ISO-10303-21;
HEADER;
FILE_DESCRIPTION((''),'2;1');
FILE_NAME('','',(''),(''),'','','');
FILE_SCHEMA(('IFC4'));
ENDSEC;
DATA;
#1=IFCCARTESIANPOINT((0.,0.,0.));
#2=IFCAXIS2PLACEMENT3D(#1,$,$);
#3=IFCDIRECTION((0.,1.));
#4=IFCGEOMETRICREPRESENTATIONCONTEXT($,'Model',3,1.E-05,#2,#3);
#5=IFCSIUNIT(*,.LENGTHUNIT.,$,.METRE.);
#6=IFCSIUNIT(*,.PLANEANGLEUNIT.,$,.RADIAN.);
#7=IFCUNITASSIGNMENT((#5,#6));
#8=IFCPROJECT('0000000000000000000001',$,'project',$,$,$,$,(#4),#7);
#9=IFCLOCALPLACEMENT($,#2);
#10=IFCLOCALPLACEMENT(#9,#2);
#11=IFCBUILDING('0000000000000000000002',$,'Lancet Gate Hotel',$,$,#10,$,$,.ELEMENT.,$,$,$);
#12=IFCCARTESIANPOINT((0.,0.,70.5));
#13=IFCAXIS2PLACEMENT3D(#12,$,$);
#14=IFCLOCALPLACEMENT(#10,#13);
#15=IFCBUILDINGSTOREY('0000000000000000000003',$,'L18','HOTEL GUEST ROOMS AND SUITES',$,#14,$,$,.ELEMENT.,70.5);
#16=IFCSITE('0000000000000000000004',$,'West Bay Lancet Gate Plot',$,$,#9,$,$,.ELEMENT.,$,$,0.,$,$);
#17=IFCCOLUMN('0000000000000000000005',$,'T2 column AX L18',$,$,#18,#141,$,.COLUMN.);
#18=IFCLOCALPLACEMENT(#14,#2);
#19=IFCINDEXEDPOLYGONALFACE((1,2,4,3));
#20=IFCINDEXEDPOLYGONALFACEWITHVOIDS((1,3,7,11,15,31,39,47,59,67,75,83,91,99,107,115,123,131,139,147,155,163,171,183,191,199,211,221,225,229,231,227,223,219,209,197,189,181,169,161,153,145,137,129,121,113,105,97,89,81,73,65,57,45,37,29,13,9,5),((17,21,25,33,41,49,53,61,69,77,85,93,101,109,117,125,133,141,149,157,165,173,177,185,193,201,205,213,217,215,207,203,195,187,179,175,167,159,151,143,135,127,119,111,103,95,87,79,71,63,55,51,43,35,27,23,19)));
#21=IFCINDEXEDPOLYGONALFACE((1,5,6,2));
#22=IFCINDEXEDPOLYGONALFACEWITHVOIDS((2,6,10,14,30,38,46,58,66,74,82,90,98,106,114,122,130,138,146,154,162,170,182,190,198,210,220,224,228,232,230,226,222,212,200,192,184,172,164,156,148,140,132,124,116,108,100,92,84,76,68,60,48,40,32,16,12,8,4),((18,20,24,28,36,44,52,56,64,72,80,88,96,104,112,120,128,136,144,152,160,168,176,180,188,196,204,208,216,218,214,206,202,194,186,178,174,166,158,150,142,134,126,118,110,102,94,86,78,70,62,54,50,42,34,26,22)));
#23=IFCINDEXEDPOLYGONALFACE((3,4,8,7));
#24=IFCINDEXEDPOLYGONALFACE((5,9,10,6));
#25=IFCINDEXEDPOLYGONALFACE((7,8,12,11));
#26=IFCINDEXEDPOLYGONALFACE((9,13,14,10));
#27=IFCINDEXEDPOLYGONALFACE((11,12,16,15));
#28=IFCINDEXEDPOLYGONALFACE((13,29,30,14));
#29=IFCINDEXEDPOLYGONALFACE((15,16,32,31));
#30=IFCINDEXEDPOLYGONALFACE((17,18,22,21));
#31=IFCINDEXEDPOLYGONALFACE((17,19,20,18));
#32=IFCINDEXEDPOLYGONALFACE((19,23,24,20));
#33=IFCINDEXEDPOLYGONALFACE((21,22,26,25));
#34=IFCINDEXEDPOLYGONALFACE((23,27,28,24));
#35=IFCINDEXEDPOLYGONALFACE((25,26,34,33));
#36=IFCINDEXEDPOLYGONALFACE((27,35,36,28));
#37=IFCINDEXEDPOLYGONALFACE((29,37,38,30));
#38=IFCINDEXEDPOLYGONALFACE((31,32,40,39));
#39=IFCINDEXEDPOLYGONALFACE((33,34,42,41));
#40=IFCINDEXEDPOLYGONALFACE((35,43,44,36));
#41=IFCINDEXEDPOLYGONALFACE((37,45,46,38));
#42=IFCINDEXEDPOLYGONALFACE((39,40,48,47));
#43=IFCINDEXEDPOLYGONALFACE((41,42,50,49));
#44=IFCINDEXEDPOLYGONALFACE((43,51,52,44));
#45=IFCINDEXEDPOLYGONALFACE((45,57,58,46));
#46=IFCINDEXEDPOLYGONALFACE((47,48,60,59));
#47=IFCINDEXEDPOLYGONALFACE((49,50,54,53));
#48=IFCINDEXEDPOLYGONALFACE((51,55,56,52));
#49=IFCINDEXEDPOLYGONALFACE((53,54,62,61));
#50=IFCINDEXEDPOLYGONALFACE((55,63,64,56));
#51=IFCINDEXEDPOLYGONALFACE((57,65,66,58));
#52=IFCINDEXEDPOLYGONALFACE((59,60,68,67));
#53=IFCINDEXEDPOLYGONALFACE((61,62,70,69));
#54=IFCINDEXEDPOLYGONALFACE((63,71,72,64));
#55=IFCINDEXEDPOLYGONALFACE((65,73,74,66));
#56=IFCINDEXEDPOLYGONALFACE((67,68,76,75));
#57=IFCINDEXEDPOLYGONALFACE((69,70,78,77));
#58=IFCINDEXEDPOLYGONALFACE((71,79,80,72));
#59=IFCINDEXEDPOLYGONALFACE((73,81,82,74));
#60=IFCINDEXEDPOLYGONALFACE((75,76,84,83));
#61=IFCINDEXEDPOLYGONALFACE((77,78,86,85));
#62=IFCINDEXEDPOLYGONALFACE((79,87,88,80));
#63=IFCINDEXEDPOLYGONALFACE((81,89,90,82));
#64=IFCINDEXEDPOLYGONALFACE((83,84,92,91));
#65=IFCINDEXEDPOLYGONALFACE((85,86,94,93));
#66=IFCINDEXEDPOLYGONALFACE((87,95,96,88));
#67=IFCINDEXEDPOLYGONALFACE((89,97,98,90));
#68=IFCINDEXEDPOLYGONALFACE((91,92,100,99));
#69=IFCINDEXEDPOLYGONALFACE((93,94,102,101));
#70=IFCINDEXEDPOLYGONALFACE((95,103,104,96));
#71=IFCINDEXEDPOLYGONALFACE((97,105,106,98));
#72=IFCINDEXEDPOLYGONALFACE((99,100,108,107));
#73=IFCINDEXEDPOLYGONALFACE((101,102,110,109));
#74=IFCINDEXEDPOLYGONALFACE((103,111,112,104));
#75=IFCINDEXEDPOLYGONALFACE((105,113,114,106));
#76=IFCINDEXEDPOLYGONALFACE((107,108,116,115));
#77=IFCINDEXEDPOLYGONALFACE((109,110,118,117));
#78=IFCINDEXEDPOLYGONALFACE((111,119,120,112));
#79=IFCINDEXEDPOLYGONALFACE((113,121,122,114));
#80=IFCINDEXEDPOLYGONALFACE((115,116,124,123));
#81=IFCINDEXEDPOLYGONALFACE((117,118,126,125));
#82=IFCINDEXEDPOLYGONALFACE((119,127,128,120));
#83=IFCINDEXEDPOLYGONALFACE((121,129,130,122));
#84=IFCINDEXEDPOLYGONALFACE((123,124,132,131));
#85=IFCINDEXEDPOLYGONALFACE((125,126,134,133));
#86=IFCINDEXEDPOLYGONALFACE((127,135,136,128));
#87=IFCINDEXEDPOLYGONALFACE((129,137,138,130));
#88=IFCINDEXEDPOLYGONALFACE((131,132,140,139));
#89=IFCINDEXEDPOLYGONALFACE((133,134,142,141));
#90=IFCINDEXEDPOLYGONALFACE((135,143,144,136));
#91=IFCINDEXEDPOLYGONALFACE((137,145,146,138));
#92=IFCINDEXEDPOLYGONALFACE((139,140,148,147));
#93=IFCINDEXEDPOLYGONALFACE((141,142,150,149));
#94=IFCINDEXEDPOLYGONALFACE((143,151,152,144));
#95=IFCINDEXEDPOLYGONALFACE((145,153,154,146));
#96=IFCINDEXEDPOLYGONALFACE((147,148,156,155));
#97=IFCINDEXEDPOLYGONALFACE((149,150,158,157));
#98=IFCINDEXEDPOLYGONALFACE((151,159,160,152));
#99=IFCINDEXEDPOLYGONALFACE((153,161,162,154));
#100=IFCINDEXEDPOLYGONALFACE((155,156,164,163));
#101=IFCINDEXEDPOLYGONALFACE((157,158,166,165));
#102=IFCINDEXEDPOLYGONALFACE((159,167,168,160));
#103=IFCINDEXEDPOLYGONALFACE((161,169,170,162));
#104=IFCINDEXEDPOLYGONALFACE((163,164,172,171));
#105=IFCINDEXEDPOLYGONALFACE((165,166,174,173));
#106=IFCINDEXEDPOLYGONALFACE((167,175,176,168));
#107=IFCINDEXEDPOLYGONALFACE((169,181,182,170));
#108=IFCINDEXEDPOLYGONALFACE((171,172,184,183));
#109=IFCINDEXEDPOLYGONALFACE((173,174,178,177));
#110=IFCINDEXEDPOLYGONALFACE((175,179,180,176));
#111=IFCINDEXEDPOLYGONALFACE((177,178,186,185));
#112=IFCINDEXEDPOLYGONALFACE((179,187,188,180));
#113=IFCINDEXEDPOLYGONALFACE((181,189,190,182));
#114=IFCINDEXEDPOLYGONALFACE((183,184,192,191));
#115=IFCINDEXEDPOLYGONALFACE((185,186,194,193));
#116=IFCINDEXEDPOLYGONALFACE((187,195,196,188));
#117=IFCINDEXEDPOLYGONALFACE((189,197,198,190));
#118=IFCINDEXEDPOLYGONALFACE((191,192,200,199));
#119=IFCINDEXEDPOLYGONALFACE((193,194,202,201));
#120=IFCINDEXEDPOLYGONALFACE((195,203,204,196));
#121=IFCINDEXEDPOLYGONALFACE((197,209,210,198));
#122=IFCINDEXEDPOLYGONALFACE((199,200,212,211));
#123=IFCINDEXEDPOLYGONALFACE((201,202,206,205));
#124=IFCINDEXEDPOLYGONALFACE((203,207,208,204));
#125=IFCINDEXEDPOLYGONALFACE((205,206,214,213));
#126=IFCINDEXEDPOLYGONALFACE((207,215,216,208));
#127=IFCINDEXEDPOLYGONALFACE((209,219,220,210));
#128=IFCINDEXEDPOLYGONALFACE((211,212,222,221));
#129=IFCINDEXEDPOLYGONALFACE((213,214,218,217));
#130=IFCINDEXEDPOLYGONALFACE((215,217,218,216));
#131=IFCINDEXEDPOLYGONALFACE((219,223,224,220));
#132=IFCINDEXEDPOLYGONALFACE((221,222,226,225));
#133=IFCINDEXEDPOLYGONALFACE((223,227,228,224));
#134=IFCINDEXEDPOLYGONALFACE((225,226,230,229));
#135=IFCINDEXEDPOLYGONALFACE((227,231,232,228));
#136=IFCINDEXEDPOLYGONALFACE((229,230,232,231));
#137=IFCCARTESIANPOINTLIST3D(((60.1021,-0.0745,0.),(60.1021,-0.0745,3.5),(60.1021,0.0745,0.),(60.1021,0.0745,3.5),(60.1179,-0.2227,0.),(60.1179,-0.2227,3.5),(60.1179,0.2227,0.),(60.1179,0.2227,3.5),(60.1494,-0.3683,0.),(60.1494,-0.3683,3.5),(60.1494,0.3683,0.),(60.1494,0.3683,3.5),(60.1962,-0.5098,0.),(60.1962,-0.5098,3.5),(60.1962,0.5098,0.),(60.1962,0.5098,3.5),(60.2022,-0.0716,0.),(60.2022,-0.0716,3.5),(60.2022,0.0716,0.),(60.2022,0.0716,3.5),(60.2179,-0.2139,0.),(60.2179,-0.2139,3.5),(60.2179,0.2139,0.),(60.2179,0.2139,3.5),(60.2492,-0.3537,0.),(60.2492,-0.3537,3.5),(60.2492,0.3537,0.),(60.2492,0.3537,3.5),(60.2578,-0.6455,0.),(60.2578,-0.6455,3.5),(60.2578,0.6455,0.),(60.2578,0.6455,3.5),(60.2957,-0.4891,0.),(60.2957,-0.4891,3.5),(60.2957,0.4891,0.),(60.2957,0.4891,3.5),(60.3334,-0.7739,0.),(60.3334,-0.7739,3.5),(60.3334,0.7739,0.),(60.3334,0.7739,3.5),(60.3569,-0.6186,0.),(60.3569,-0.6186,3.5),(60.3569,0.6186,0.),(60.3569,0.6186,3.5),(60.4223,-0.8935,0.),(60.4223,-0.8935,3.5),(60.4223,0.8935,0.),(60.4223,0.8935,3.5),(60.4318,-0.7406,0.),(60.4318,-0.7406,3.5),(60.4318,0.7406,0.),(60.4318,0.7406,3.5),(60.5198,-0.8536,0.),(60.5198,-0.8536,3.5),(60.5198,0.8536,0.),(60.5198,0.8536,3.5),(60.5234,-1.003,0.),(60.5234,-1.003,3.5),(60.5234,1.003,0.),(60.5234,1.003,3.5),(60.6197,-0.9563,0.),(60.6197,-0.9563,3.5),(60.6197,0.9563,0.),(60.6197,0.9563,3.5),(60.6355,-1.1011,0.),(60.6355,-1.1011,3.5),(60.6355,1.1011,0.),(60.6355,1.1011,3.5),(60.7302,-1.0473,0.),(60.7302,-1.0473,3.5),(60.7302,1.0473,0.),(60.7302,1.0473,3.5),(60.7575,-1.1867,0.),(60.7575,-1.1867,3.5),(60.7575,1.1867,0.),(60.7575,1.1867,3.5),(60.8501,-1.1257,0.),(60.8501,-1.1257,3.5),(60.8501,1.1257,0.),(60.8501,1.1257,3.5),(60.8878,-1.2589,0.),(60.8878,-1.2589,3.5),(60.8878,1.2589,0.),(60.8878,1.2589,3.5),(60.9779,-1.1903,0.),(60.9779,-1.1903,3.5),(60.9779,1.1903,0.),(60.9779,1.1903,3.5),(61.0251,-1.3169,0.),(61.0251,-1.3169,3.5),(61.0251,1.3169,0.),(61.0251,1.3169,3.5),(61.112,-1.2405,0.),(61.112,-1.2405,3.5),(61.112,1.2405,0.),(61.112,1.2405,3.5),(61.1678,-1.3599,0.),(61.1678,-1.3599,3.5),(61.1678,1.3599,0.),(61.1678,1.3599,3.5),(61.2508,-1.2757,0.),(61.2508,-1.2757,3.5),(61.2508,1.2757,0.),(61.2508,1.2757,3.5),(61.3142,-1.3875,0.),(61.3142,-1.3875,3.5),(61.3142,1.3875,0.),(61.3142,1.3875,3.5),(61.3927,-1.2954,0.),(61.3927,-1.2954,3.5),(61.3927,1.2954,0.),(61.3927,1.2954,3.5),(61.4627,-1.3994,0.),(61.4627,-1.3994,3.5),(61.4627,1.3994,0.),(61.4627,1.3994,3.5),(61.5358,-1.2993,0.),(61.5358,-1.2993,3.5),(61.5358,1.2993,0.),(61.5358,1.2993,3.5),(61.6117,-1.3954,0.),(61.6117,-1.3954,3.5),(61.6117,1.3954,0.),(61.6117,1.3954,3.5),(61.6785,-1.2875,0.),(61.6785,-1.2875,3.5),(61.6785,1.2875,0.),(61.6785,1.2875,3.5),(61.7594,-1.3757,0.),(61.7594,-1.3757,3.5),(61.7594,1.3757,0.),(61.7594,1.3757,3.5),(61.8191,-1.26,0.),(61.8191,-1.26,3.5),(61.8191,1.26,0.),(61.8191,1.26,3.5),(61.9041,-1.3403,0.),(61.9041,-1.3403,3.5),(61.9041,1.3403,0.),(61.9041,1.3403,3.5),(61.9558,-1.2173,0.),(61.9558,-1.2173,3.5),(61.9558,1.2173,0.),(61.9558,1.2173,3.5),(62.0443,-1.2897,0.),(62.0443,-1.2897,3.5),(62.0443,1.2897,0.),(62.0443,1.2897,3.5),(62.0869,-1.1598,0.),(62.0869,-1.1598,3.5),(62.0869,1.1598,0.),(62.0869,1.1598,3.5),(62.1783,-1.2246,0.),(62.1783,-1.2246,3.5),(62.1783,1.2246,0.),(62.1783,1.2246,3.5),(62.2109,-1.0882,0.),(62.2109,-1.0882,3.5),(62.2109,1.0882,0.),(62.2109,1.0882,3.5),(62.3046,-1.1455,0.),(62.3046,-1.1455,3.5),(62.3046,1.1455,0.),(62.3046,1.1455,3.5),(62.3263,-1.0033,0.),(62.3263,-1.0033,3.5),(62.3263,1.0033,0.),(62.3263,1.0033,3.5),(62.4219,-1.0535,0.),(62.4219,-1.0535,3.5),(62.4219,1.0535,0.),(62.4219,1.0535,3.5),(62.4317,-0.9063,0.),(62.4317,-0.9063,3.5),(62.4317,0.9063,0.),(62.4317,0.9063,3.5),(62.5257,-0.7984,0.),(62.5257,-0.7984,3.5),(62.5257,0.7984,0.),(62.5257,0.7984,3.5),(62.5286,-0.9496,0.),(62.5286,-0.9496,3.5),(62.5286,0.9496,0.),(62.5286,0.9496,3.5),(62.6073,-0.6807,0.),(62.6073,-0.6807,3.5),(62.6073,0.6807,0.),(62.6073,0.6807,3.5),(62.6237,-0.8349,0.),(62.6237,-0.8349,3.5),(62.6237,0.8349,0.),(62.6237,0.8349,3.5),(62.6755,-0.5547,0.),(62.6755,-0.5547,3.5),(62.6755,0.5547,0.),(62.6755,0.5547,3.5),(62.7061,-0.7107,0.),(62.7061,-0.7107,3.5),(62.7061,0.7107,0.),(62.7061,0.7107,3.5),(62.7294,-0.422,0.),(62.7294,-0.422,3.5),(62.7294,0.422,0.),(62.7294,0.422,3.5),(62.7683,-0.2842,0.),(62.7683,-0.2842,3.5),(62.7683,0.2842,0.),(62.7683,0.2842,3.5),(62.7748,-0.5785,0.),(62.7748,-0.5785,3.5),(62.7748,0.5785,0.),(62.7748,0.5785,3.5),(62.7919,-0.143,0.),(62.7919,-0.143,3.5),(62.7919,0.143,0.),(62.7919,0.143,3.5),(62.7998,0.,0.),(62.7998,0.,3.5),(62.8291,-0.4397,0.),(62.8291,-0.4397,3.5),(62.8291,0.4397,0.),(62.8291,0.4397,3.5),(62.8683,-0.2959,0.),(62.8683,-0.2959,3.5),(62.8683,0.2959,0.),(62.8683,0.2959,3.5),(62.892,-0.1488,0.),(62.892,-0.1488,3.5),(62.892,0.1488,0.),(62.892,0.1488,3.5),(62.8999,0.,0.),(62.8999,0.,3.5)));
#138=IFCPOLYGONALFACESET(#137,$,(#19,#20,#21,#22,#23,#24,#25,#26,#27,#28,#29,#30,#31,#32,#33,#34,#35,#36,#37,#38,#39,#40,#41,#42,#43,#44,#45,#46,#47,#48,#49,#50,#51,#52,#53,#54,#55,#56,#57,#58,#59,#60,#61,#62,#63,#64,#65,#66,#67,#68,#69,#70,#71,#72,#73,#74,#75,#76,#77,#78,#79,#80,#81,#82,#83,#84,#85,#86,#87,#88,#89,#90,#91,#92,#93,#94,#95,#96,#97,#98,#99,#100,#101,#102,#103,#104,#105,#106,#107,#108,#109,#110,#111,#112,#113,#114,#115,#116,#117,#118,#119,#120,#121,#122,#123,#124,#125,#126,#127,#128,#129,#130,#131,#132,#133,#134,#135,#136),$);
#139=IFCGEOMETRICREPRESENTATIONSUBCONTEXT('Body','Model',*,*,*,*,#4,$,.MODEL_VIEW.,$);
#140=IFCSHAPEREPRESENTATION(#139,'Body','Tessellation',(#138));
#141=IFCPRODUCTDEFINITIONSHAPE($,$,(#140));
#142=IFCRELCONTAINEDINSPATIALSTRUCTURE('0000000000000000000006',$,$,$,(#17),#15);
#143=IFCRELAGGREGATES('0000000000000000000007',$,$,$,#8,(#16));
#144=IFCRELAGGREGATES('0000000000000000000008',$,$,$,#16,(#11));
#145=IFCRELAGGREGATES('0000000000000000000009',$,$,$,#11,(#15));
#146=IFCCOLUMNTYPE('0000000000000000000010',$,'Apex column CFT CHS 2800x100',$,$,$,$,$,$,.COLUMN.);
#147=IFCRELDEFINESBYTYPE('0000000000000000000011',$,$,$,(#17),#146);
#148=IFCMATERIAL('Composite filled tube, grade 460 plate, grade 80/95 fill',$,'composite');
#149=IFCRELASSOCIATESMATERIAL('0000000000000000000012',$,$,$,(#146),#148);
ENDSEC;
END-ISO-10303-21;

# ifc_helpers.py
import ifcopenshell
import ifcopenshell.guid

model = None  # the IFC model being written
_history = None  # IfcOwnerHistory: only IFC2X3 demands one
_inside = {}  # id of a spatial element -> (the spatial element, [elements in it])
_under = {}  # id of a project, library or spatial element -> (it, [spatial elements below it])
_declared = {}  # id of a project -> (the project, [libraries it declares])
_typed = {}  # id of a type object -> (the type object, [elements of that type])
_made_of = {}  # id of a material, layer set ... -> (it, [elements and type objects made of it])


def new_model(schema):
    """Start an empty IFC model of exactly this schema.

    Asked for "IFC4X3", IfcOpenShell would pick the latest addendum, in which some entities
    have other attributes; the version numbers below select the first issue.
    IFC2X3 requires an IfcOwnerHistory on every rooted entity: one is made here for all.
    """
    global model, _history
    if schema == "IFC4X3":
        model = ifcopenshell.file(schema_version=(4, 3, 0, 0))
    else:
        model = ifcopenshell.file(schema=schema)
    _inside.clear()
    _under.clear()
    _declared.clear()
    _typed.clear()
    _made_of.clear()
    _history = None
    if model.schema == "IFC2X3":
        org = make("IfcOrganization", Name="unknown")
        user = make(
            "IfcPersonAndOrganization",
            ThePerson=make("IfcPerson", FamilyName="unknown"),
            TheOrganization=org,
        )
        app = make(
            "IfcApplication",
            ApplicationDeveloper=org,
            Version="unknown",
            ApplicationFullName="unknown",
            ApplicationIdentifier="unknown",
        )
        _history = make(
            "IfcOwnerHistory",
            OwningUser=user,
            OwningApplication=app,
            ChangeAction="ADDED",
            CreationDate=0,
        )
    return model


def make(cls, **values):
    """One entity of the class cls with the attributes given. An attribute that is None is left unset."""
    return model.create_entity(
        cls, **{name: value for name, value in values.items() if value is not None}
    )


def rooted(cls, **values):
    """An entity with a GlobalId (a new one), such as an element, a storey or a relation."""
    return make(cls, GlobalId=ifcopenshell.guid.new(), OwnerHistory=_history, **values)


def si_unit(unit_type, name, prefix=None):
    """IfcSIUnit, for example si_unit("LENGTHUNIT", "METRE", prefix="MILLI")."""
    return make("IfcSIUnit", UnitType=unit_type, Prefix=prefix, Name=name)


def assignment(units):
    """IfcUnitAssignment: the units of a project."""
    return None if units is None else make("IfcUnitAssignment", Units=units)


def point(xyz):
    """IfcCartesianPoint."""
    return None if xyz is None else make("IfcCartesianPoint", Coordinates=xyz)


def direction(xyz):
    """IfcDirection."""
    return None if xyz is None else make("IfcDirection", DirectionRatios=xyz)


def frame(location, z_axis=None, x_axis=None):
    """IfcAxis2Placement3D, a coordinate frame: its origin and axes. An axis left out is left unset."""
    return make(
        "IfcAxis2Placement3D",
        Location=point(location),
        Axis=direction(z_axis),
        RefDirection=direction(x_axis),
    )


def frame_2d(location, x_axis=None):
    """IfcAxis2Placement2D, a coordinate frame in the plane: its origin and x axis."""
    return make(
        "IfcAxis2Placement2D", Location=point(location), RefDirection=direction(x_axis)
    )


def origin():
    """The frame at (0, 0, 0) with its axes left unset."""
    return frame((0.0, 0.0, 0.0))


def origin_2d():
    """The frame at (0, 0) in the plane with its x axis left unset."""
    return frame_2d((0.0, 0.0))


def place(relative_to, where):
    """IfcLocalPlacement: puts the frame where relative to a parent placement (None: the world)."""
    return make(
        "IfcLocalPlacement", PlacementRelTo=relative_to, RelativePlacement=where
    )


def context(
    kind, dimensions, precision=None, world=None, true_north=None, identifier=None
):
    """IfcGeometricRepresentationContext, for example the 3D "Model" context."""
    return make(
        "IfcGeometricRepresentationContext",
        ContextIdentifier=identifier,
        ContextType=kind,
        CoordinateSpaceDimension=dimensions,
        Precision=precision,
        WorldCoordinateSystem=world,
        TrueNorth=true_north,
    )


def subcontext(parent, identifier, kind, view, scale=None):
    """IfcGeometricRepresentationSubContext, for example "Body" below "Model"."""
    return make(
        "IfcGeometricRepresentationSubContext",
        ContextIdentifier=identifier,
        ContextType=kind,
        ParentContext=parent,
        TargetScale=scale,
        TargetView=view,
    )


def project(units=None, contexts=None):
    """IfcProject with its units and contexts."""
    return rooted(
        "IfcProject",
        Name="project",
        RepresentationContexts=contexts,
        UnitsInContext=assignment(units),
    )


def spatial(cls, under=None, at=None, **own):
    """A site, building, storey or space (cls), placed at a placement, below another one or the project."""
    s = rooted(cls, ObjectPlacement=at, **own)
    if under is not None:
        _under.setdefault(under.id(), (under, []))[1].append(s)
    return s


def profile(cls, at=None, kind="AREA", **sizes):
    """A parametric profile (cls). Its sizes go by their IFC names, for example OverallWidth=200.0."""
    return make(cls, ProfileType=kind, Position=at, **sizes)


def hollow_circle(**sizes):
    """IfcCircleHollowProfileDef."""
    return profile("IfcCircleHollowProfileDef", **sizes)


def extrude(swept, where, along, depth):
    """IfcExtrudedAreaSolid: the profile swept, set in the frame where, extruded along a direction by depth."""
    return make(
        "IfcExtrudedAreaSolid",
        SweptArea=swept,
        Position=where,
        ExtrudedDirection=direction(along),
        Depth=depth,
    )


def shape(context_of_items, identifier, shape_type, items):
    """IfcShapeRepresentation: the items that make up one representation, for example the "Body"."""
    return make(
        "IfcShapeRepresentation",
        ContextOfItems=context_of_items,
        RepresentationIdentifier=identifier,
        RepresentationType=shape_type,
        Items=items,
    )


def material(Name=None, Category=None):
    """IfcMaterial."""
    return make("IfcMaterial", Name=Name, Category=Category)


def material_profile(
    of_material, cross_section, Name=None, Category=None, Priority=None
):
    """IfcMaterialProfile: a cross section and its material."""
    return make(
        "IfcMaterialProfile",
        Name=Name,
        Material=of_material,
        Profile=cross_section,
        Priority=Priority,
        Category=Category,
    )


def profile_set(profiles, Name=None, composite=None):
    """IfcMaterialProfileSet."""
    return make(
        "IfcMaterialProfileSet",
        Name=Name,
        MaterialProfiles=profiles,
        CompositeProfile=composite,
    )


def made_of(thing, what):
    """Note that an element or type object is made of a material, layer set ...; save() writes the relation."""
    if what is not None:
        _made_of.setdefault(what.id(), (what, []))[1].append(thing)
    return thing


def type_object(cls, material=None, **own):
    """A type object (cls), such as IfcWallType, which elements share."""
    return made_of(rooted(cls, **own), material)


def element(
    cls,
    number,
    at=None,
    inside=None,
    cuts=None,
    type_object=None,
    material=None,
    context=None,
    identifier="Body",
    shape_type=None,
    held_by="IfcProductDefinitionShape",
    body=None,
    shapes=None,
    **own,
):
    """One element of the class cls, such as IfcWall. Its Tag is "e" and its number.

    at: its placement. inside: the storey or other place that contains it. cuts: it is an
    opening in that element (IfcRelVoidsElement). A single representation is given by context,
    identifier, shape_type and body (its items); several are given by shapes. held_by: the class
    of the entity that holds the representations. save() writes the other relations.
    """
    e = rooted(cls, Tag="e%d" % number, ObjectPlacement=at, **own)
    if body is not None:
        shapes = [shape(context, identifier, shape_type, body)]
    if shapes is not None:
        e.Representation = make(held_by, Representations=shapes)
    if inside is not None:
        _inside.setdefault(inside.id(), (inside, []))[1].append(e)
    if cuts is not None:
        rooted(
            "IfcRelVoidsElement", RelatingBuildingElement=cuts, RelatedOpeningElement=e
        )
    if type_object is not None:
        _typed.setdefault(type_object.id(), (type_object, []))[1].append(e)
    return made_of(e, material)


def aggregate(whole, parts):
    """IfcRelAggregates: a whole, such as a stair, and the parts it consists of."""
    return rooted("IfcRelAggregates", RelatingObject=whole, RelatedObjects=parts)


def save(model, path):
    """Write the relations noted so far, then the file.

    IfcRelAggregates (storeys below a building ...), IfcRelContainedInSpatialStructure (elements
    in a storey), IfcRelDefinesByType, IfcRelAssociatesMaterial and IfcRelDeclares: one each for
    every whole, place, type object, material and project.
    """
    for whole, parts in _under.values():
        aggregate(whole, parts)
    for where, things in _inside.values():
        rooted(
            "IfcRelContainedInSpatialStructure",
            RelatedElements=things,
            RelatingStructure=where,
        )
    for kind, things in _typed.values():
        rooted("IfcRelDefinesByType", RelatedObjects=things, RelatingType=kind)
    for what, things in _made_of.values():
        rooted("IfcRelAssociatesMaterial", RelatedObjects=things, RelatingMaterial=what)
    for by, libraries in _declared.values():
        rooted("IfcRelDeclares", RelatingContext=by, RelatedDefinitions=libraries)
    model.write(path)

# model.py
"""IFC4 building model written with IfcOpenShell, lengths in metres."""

from ifc_helpers import new_model, si_unit, direction, frame, origin, origin_2d, place, context, subcontext, project, spatial, hollow_circle, extrude, material, material_profile, profile_set, type_object, element, save


model = new_model("IFC4")

# Units and contexts
model_context = context("Model", 3, precision=1e-05, world=origin(), true_north=direction((0.0, 1.0)))
body_context = subcontext(model_context, "Body", "Model", "MODEL_VIEW")
ifc_project = project(units=[si_unit("LENGTHUNIT", "METRE"), si_unit("PLANEANGLEUNIT", "RADIAN")], contexts=[model_context])

# Site, building, storey
site_placement = place(None, origin())
site = spatial("IfcSite", under=ifc_project, at=site_placement, Name="West Bay Lancet Gate Plot", CompositionType="ELEMENT", RefElevation=0.0)
building_placement = place(site_placement, origin())
building = spatial("IfcBuilding", under=site, at=building_placement, Name="Lancet Gate Hotel", CompositionType="ELEMENT")
storey_placement = place(building_placement, frame((0.0, 0.0, 70.5)))
storey = spatial("IfcBuildingStorey", under=building, at=storey_placement, Name="L18", Description="HOTEL GUEST ROOMS AND SUITES", CompositionType="ELEMENT", Elevation=70.5)

# Column
ifc_material_1 = material(Name="Composite filled tube, grade 460 plate, grade 80/95 fill", Category="composite")
ifc_material_profile_1 = material_profile(ifc_material_1, hollow_circle(Radius=1.3999, WallThickness=0.1001, at=origin_2d()), Name="CHS 2800x100")
ifc_profile_set_1 = profile_set([ifc_material_profile_1], Name="Composite filled tube, grade 460 plate, grade 80/95 fill")
column_type_1 = type_object("IfcColumnType", Name="Apex column CFT CHS 2800x100", PredefinedType="COLUMN", material=ifc_profile_set_1)
column_1_placement = place(storey_placement, frame((61.5, 0.0, 0.0), z_axis=(0.0, 0.0, 1.0), x_axis=(1.0, 0.0, 0.0)))
element("IfcColumn", 1, at=column_1_placement, inside=storey, type_object=column_type_1, Name="T2 column AX L18", PredefinedType="COLUMN", context=body_context, shape_type="SweptSolid", body=[
    extrude(hollow_circle(Radius=1.3999, WallThickness=0.1001, at=origin_2d()), origin(), (0.0, 0.0, 1.0), 3.5),
])

save(model, "model.ifc")
